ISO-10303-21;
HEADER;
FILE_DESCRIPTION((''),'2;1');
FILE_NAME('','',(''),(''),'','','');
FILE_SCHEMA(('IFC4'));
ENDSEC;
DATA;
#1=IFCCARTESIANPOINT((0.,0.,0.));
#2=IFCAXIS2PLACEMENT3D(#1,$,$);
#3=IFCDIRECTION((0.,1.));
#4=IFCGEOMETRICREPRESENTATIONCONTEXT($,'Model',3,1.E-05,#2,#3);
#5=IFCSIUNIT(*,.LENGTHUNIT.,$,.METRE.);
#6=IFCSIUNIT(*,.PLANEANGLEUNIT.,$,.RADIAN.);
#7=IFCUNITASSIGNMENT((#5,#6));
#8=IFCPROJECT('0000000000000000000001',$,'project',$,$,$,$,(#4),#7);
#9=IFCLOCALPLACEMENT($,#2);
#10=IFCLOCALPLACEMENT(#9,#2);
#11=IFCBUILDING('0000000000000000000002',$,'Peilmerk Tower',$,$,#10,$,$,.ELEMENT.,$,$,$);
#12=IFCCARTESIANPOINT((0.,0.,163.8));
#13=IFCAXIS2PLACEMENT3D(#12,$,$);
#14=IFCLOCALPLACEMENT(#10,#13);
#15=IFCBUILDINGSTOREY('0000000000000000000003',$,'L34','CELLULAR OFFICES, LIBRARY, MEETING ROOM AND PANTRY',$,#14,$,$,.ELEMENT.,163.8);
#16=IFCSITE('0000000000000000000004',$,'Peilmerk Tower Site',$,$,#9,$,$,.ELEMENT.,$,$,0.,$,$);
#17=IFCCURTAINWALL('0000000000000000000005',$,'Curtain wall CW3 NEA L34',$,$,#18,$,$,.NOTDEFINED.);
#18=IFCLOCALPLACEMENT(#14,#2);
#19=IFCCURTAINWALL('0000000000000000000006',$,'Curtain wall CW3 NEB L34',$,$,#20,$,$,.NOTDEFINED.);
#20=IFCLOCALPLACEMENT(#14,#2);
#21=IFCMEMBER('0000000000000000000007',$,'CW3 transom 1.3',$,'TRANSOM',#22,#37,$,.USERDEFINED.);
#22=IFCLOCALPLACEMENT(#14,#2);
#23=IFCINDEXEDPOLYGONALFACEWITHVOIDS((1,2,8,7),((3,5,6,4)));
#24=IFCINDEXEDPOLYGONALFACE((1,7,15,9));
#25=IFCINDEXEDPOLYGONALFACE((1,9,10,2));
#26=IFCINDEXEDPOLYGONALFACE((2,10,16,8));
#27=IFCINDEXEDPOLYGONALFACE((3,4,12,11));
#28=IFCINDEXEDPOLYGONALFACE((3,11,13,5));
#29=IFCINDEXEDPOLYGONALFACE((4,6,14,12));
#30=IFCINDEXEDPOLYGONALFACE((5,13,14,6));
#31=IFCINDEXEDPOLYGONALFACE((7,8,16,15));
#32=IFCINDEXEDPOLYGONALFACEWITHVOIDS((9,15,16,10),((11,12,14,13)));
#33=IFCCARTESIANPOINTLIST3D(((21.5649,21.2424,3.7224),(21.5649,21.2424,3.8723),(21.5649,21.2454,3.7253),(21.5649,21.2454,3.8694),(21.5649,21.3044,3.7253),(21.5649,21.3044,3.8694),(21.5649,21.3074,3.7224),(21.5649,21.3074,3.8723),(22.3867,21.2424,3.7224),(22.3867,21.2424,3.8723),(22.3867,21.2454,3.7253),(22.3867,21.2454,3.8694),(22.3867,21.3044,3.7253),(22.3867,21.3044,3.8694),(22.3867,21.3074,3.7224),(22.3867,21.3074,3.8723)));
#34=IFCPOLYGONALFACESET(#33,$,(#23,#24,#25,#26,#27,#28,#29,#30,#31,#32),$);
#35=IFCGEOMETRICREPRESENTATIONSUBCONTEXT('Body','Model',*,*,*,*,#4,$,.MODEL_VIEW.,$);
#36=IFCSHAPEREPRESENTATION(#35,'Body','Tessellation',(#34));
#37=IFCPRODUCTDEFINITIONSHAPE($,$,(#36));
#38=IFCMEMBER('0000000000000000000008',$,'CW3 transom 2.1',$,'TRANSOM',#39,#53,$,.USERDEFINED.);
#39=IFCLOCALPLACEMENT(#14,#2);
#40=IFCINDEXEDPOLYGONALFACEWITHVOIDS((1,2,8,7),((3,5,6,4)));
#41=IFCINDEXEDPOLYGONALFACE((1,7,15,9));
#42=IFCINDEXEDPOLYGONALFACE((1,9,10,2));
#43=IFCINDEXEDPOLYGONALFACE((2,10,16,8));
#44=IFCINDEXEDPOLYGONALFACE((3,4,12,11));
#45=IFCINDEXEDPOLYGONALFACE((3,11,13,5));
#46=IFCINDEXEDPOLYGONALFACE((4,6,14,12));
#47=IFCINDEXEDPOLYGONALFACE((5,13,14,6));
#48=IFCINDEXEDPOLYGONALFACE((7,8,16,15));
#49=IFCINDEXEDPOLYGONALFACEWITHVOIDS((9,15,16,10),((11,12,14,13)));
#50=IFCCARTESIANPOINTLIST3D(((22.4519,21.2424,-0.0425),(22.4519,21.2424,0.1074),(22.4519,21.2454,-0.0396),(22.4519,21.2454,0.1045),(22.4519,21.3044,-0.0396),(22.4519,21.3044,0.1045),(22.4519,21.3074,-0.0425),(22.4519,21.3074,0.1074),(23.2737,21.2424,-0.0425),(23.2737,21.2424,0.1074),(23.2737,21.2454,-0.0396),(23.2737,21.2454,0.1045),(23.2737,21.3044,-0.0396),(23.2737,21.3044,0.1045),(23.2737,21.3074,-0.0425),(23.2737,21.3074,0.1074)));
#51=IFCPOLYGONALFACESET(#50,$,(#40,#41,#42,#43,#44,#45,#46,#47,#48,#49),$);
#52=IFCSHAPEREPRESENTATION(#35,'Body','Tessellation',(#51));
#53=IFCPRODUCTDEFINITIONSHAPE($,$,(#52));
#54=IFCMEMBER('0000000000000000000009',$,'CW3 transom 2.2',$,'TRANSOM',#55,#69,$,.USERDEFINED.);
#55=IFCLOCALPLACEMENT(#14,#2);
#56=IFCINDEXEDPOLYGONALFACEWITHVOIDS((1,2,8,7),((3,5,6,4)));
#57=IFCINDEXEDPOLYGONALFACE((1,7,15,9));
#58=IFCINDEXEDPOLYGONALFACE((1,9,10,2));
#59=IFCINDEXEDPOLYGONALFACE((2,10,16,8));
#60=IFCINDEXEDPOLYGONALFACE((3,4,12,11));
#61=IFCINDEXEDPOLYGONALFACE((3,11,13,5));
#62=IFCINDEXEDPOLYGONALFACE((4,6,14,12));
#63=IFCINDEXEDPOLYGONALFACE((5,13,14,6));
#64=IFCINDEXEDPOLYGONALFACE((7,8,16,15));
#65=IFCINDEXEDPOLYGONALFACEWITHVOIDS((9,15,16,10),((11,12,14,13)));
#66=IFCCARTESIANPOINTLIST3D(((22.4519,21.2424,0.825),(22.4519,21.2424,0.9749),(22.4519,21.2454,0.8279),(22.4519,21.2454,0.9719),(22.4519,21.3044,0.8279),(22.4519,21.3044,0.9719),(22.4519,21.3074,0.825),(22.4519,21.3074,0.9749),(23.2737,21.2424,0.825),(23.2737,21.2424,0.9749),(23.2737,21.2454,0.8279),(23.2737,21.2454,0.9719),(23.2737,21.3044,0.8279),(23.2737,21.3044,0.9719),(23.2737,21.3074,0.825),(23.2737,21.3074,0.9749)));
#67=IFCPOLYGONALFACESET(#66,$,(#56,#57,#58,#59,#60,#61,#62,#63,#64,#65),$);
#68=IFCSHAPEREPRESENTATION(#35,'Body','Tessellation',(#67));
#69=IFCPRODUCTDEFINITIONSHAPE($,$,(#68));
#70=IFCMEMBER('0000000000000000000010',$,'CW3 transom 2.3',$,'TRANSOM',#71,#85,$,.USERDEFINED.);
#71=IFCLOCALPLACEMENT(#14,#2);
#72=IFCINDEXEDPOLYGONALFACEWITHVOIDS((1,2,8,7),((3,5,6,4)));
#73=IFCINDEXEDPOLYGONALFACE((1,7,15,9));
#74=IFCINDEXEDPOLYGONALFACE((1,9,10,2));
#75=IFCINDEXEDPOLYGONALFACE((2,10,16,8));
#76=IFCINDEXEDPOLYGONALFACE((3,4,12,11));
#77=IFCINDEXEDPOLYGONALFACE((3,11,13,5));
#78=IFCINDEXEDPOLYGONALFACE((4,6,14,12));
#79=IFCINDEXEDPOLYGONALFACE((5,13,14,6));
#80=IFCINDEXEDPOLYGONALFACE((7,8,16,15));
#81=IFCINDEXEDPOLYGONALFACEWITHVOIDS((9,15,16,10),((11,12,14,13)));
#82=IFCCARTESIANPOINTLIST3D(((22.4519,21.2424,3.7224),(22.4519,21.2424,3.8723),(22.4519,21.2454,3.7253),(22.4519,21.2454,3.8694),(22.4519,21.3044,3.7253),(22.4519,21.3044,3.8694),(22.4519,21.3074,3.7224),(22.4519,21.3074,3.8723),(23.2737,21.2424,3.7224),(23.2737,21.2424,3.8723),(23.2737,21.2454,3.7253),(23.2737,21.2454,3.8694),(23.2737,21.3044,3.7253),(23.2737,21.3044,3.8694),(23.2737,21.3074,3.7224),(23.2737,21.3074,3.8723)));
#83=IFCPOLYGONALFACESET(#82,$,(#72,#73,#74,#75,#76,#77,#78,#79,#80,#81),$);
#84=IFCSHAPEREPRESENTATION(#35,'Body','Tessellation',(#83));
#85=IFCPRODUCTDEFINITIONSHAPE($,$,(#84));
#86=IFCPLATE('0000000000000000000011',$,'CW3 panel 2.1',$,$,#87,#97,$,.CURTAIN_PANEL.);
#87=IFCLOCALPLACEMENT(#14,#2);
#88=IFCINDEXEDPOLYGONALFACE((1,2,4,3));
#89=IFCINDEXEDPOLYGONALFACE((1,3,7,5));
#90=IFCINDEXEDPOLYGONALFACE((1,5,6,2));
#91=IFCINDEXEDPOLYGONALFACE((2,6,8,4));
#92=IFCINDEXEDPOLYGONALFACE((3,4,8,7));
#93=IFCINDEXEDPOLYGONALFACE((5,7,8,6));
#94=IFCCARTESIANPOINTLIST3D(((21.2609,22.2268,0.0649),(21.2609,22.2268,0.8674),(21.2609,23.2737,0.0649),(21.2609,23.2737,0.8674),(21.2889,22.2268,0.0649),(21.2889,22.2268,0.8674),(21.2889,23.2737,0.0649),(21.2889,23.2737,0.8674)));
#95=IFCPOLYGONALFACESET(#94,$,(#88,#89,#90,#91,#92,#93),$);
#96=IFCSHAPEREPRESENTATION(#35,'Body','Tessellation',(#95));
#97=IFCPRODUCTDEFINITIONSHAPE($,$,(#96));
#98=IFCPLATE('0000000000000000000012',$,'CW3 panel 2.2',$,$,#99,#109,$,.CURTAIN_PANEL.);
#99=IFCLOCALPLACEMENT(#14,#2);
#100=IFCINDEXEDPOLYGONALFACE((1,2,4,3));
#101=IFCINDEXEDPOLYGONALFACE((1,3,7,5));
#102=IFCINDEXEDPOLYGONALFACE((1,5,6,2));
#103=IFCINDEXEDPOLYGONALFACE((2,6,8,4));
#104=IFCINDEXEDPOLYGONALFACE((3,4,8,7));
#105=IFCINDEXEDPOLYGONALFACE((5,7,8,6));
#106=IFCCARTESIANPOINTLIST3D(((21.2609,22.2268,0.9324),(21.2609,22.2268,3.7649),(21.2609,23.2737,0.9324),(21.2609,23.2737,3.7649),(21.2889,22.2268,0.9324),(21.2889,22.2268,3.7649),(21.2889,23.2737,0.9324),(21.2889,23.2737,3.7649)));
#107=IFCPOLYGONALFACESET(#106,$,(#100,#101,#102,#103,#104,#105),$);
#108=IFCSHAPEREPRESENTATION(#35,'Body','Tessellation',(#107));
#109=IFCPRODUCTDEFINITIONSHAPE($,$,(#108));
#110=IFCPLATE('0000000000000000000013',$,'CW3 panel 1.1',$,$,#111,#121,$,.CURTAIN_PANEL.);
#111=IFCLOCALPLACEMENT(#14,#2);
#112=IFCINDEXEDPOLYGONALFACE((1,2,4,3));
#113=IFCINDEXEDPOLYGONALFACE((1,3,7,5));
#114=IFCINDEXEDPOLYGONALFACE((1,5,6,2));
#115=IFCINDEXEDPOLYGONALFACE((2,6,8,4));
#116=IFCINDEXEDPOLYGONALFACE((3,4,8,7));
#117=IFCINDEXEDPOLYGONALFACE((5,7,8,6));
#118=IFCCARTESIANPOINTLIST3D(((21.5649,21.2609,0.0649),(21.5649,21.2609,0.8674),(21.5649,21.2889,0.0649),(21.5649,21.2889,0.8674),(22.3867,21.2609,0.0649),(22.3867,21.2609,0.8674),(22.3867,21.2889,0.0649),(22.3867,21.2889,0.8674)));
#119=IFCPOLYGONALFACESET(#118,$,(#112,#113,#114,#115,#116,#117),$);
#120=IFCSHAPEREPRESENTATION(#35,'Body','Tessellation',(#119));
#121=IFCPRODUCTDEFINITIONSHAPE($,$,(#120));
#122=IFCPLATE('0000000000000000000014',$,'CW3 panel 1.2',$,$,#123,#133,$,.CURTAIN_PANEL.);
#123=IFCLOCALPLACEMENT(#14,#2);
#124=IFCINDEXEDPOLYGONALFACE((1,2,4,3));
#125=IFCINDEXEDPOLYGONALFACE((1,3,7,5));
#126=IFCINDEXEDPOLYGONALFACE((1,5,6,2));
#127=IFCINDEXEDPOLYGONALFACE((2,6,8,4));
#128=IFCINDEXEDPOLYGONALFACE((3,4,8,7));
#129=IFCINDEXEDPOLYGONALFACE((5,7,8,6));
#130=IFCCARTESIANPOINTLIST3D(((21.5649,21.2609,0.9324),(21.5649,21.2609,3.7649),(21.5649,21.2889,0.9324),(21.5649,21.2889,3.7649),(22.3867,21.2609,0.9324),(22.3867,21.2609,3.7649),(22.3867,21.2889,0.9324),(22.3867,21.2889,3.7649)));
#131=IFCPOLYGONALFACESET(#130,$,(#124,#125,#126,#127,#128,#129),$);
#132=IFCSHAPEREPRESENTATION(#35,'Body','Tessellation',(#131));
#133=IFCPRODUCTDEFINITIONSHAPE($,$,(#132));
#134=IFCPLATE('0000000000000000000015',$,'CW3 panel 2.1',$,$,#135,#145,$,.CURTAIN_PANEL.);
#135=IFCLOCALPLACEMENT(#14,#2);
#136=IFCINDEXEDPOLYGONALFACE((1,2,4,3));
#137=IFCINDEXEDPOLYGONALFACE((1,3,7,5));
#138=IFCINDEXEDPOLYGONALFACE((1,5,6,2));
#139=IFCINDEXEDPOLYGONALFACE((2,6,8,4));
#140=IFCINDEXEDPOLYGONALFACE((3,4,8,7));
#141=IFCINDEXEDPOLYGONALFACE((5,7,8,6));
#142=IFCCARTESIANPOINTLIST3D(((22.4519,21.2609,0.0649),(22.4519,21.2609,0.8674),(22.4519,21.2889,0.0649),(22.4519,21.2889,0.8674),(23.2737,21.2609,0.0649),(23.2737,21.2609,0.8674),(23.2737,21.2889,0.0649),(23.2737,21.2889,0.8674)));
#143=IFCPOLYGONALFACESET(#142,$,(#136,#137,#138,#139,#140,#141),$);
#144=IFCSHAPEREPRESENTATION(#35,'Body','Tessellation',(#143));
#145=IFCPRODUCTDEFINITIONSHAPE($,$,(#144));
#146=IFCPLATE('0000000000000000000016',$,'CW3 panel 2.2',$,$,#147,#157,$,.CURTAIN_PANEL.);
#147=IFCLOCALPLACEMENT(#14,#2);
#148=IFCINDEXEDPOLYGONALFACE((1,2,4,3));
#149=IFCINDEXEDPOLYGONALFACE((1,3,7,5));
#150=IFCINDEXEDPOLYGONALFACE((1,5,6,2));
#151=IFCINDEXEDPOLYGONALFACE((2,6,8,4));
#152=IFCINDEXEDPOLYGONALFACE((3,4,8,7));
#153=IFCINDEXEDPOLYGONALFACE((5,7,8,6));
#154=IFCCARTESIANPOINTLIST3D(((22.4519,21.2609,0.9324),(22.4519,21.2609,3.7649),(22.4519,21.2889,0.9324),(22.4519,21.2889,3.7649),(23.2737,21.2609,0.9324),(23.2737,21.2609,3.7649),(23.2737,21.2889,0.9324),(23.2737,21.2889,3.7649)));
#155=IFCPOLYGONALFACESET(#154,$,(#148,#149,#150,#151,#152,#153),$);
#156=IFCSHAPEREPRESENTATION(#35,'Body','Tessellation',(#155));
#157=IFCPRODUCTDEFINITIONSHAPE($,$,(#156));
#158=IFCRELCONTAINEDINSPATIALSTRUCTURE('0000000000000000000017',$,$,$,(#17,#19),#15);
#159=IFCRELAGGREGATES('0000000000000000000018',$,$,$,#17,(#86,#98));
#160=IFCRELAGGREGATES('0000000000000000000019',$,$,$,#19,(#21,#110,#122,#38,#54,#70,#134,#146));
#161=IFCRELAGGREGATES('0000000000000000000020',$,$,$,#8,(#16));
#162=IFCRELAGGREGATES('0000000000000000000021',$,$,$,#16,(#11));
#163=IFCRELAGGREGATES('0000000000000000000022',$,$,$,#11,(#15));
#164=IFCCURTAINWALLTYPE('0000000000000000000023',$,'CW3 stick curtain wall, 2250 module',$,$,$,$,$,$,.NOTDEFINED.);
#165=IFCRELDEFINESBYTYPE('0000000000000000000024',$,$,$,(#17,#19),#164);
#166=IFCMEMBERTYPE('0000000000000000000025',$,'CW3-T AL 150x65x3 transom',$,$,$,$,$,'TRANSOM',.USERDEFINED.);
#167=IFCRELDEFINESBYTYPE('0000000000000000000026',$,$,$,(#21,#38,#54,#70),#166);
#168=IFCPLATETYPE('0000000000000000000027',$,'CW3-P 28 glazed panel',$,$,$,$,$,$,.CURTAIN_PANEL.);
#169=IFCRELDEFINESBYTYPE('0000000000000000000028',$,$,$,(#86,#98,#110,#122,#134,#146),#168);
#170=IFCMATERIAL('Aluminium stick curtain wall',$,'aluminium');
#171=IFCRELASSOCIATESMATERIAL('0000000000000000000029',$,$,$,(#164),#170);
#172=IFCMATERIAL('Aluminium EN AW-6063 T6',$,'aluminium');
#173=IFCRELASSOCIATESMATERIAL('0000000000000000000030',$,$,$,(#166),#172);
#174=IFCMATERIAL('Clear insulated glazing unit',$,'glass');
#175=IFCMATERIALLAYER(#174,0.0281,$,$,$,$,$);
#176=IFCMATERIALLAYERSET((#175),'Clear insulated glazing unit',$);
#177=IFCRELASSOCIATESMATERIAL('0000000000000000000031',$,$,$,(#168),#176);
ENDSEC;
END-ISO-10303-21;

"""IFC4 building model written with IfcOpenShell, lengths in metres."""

from ifc_helpers import new_model, si_unit, direction, frame, origin, origin_2d, place, context, subcontext, project, spatial, rectangle, hollow_rectangle, extrude, material, layer, layer_set, material_profile, profile_set, type_object, element, aggregate, save


model = new_model("IFC4")

# Units and contexts
model_context = context("Model", 3, precision=1e-05, world=origin(), true_north=direction((0.0, 1.0)))
body_context = subcontext(model_context, "Body", "Model", "MODEL_VIEW")
ifc_project = project(units=[si_unit("LENGTHUNIT", "METRE"), si_unit("PLANEANGLEUNIT", "RADIAN")], contexts=[model_context])

# Site, building, storey
site_placement = place(None, origin())
site = spatial("IfcSite", under=ifc_project, at=site_placement, Name="Peilmerk Tower Site", CompositionType="ELEMENT", RefElevation=0.0)
building_placement = place(site_placement, origin())
building = spatial("IfcBuilding", under=site, at=building_placement, Name="Peilmerk Tower", CompositionType="ELEMENT")
storey_placement = place(building_placement, frame((0.0, 0.0, 163.8)))
storey = spatial("IfcBuildingStorey", under=building, at=storey_placement, Name="L34", Description="CELLULAR OFFICES, LIBRARY, MEETING ROOM AND PANTRY", CompositionType="ELEMENT", Elevation=163.8)

# Curtain wall
ifc_material_1 = material(Name="Aluminium stick curtain wall", Category="aluminium")
curtain_wall_type = type_object("IfcCurtainWallType", Name="CW3 stick curtain wall, 2250 module", PredefinedType="NOTDEFINED", material=ifc_material_1)
curtain_wall_1_placement = place(storey_placement, origin())
curtain_wall_1 = element("IfcCurtainWall", 1, at=curtain_wall_1_placement, inside=storey, type_object=curtain_wall_type, Name="Curtain wall CW3 NEA L34", PredefinedType="NOTDEFINED")
ifc_material_2 = material(Name="Aluminium EN AW-6063 T6", Category="aluminium")

# Curtain wall
curtain_wall_2_placement = place(storey_placement, origin())
curtain_wall_2 = element("IfcCurtainWall", 2, at=curtain_wall_2_placement, inside=storey, type_object=curtain_wall_type, Name="Curtain wall CW3 NEB L34", PredefinedType="NOTDEFINED")

# Members
ifc_material_profile_1 = material_profile(ifc_material_2, hollow_rectangle(XDim=0.0649, YDim=0.1499, WallThickness=0.0029, at=origin_2d()), Name="AL 150x65x3")
ifc_profile_set_1 = profile_set([ifc_material_profile_1], Name="Aluminium EN AW-6063 T6")
member_type_1 = type_object("IfcMemberType", Name="CW3-T AL 150x65x3 transom", ElementType="TRANSOM", PredefinedType="USERDEFINED", material=ifc_profile_set_1)
member_1_placement = place(storey_placement, frame((21.5649, 21.2749, 3.7974), z_axis=(1.0, 0.0, 0.0), x_axis=(0.0, 1.0, 0.0)))
member_1 = element("IfcMember", 3, at=member_1_placement, type_object=member_type_1, Name="CW3 transom 1.3", ObjectType="TRANSOM", PredefinedType="USERDEFINED", context=body_context, shape_type="SweptSolid", body=[
    extrude(hollow_rectangle(XDim=0.0649, YDim=0.1499, WallThickness=0.0029, at=origin_2d()), origin(), (0.0, 0.0, 1.0), 0.8218),
])
member_2_placement = place(storey_placement, frame((22.4519, 21.2749, 0.0325), z_axis=(1.0, 0.0, 0.0), x_axis=(0.0, 1.0, 0.0)))
member_2 = element("IfcMember", 4, at=member_2_placement, type_object=member_type_1, Name="CW3 transom 2.1", ObjectType="TRANSOM", PredefinedType="USERDEFINED", context=body_context, shape_type="SweptSolid", body=[
    extrude(hollow_rectangle(XDim=0.0649, YDim=0.1499, WallThickness=0.0029, at=origin_2d()), origin(), (0.0, 0.0, 1.0), 0.8218),
])
member_3_placement = place(storey_placement, frame((22.4519, 21.2749, 0.8999), z_axis=(1.0, 0.0, 0.0), x_axis=(0.0, 1.0, 0.0)))
member_3 = element("IfcMember", 5, at=member_3_placement, type_object=member_type_1, Name="CW3 transom 2.2", ObjectType="TRANSOM", PredefinedType="USERDEFINED", context=body_context, shape_type="SweptSolid", body=[
    extrude(hollow_rectangle(XDim=0.0649, YDim=0.1499, WallThickness=0.0029, at=origin_2d()), origin(), (0.0, 0.0, 1.0), 0.8218),
])
member_4_placement = place(storey_placement, frame((22.4519, 21.2749, 3.7974), z_axis=(1.0, 0.0, 0.0), x_axis=(0.0, 1.0, 0.0)))
member_4 = element("IfcMember", 6, at=member_4_placement, type_object=member_type_1, Name="CW3 transom 2.3", ObjectType="TRANSOM", PredefinedType="USERDEFINED", context=body_context, shape_type="SweptSolid", body=[
    extrude(hollow_rectangle(XDim=0.0649, YDim=0.1499, WallThickness=0.0029, at=origin_2d()), origin(), (0.0, 0.0, 1.0), 0.8218),
])

# Plates
ifc_material_3 = material(Name="Clear insulated glazing unit", Category="glass")
ifc_layer_1 = layer(ifc_material_3, 0.0281)
ifc_layer_set_1 = layer_set([ifc_layer_1], Name="Clear insulated glazing unit")
plate_type = type_object("IfcPlateType", Name="CW3-P 28 glazed panel", PredefinedType="CURTAIN_PANEL", material=ifc_layer_set_1)
plate_1_placement = place(storey_placement, frame((21.2749, 22.7502, 0.0649), z_axis=(0.0, 0.0, 1.0), x_axis=(0.0, 1.0, 0.0)))
plate_1 = element("IfcPlate", 7, at=plate_1_placement, type_object=plate_type, Name="CW3 panel 2.1", PredefinedType="CURTAIN_PANEL", context=body_context, shape_type="SweptSolid", body=[
    extrude(rectangle(XDim=1.0469, YDim=0.0281, at=origin_2d()), origin(), (0.0, 0.0, 1.0), 0.8025),
])
plate_2_placement = place(storey_placement, frame((21.2749, 22.7502, 0.9324), z_axis=(0.0, 0.0, 1.0), x_axis=(0.0, 1.0, 0.0)))
plate_2 = element("IfcPlate", 8, at=plate_2_placement, type_object=plate_type, Name="CW3 panel 2.2", PredefinedType="CURTAIN_PANEL", context=body_context, shape_type="SweptSolid", body=[
    extrude(rectangle(XDim=1.0469, YDim=0.0281, at=origin_2d()), origin(), (0.0, 0.0, 1.0), 2.8325),
])
aggregate(curtain_wall_1, [plate_1, plate_2])
plate_3_placement = place(storey_placement, frame((21.9758, 21.2749, 0.0649), z_axis=(0.0, 0.0, 1.0), x_axis=(1.0, 0.0, 0.0)))
plate_3 = element("IfcPlate", 9, at=plate_3_placement, type_object=plate_type, Name="CW3 panel 1.1", PredefinedType="CURTAIN_PANEL", context=body_context, shape_type="SweptSolid", body=[
    extrude(rectangle(XDim=0.8218, YDim=0.0281, at=origin_2d()), origin(), (0.0, 0.0, 1.0), 0.8025),
])
plate_4_placement = place(storey_placement, frame((21.9758, 21.2749, 0.9324), z_axis=(0.0, 0.0, 1.0), x_axis=(1.0, 0.0, 0.0)))
plate_4 = element("IfcPlate", 10, at=plate_4_placement, type_object=plate_type, Name="CW3 panel 1.2", PredefinedType="CURTAIN_PANEL", context=body_context, shape_type="SweptSolid", body=[
    extrude(rectangle(XDim=0.8218, YDim=0.0281, at=origin_2d()), origin(), (0.0, 0.0, 1.0), 2.8325),
])
plate_5_placement = place(storey_placement, frame((22.8628, 21.2749, 0.0649), z_axis=(0.0, 0.0, 1.0), x_axis=(1.0, 0.0, 0.0)))
plate_5 = element("IfcPlate", 11, at=plate_5_placement, type_object=plate_type, Name="CW3 panel 2.1", PredefinedType="CURTAIN_PANEL", context=body_context, shape_type="SweptSolid", body=[
    extrude(rectangle(XDim=0.8218, YDim=0.0281, at=origin_2d()), origin(), (0.0, 0.0, 1.0), 0.8025),
])
plate_6_placement = place(storey_placement, frame((22.8628, 21.2749, 0.9324), z_axis=(0.0, 0.0, 1.0), x_axis=(1.0, 0.0, 0.0)))
plate_6 = element("IfcPlate", 12, at=plate_6_placement, type_object=plate_type, Name="CW3 panel 2.2", PredefinedType="CURTAIN_PANEL", context=body_context, shape_type="SweptSolid", body=[
    extrude(rectangle(XDim=0.8218, YDim=0.0281, at=origin_2d()), origin(), (0.0, 0.0, 1.0), 2.8325),
])
aggregate(curtain_wall_2, [member_1, plate_3, plate_4, member_2, member_3, member_4, plate_5, plate_6])

save(model, "model.ifc")
